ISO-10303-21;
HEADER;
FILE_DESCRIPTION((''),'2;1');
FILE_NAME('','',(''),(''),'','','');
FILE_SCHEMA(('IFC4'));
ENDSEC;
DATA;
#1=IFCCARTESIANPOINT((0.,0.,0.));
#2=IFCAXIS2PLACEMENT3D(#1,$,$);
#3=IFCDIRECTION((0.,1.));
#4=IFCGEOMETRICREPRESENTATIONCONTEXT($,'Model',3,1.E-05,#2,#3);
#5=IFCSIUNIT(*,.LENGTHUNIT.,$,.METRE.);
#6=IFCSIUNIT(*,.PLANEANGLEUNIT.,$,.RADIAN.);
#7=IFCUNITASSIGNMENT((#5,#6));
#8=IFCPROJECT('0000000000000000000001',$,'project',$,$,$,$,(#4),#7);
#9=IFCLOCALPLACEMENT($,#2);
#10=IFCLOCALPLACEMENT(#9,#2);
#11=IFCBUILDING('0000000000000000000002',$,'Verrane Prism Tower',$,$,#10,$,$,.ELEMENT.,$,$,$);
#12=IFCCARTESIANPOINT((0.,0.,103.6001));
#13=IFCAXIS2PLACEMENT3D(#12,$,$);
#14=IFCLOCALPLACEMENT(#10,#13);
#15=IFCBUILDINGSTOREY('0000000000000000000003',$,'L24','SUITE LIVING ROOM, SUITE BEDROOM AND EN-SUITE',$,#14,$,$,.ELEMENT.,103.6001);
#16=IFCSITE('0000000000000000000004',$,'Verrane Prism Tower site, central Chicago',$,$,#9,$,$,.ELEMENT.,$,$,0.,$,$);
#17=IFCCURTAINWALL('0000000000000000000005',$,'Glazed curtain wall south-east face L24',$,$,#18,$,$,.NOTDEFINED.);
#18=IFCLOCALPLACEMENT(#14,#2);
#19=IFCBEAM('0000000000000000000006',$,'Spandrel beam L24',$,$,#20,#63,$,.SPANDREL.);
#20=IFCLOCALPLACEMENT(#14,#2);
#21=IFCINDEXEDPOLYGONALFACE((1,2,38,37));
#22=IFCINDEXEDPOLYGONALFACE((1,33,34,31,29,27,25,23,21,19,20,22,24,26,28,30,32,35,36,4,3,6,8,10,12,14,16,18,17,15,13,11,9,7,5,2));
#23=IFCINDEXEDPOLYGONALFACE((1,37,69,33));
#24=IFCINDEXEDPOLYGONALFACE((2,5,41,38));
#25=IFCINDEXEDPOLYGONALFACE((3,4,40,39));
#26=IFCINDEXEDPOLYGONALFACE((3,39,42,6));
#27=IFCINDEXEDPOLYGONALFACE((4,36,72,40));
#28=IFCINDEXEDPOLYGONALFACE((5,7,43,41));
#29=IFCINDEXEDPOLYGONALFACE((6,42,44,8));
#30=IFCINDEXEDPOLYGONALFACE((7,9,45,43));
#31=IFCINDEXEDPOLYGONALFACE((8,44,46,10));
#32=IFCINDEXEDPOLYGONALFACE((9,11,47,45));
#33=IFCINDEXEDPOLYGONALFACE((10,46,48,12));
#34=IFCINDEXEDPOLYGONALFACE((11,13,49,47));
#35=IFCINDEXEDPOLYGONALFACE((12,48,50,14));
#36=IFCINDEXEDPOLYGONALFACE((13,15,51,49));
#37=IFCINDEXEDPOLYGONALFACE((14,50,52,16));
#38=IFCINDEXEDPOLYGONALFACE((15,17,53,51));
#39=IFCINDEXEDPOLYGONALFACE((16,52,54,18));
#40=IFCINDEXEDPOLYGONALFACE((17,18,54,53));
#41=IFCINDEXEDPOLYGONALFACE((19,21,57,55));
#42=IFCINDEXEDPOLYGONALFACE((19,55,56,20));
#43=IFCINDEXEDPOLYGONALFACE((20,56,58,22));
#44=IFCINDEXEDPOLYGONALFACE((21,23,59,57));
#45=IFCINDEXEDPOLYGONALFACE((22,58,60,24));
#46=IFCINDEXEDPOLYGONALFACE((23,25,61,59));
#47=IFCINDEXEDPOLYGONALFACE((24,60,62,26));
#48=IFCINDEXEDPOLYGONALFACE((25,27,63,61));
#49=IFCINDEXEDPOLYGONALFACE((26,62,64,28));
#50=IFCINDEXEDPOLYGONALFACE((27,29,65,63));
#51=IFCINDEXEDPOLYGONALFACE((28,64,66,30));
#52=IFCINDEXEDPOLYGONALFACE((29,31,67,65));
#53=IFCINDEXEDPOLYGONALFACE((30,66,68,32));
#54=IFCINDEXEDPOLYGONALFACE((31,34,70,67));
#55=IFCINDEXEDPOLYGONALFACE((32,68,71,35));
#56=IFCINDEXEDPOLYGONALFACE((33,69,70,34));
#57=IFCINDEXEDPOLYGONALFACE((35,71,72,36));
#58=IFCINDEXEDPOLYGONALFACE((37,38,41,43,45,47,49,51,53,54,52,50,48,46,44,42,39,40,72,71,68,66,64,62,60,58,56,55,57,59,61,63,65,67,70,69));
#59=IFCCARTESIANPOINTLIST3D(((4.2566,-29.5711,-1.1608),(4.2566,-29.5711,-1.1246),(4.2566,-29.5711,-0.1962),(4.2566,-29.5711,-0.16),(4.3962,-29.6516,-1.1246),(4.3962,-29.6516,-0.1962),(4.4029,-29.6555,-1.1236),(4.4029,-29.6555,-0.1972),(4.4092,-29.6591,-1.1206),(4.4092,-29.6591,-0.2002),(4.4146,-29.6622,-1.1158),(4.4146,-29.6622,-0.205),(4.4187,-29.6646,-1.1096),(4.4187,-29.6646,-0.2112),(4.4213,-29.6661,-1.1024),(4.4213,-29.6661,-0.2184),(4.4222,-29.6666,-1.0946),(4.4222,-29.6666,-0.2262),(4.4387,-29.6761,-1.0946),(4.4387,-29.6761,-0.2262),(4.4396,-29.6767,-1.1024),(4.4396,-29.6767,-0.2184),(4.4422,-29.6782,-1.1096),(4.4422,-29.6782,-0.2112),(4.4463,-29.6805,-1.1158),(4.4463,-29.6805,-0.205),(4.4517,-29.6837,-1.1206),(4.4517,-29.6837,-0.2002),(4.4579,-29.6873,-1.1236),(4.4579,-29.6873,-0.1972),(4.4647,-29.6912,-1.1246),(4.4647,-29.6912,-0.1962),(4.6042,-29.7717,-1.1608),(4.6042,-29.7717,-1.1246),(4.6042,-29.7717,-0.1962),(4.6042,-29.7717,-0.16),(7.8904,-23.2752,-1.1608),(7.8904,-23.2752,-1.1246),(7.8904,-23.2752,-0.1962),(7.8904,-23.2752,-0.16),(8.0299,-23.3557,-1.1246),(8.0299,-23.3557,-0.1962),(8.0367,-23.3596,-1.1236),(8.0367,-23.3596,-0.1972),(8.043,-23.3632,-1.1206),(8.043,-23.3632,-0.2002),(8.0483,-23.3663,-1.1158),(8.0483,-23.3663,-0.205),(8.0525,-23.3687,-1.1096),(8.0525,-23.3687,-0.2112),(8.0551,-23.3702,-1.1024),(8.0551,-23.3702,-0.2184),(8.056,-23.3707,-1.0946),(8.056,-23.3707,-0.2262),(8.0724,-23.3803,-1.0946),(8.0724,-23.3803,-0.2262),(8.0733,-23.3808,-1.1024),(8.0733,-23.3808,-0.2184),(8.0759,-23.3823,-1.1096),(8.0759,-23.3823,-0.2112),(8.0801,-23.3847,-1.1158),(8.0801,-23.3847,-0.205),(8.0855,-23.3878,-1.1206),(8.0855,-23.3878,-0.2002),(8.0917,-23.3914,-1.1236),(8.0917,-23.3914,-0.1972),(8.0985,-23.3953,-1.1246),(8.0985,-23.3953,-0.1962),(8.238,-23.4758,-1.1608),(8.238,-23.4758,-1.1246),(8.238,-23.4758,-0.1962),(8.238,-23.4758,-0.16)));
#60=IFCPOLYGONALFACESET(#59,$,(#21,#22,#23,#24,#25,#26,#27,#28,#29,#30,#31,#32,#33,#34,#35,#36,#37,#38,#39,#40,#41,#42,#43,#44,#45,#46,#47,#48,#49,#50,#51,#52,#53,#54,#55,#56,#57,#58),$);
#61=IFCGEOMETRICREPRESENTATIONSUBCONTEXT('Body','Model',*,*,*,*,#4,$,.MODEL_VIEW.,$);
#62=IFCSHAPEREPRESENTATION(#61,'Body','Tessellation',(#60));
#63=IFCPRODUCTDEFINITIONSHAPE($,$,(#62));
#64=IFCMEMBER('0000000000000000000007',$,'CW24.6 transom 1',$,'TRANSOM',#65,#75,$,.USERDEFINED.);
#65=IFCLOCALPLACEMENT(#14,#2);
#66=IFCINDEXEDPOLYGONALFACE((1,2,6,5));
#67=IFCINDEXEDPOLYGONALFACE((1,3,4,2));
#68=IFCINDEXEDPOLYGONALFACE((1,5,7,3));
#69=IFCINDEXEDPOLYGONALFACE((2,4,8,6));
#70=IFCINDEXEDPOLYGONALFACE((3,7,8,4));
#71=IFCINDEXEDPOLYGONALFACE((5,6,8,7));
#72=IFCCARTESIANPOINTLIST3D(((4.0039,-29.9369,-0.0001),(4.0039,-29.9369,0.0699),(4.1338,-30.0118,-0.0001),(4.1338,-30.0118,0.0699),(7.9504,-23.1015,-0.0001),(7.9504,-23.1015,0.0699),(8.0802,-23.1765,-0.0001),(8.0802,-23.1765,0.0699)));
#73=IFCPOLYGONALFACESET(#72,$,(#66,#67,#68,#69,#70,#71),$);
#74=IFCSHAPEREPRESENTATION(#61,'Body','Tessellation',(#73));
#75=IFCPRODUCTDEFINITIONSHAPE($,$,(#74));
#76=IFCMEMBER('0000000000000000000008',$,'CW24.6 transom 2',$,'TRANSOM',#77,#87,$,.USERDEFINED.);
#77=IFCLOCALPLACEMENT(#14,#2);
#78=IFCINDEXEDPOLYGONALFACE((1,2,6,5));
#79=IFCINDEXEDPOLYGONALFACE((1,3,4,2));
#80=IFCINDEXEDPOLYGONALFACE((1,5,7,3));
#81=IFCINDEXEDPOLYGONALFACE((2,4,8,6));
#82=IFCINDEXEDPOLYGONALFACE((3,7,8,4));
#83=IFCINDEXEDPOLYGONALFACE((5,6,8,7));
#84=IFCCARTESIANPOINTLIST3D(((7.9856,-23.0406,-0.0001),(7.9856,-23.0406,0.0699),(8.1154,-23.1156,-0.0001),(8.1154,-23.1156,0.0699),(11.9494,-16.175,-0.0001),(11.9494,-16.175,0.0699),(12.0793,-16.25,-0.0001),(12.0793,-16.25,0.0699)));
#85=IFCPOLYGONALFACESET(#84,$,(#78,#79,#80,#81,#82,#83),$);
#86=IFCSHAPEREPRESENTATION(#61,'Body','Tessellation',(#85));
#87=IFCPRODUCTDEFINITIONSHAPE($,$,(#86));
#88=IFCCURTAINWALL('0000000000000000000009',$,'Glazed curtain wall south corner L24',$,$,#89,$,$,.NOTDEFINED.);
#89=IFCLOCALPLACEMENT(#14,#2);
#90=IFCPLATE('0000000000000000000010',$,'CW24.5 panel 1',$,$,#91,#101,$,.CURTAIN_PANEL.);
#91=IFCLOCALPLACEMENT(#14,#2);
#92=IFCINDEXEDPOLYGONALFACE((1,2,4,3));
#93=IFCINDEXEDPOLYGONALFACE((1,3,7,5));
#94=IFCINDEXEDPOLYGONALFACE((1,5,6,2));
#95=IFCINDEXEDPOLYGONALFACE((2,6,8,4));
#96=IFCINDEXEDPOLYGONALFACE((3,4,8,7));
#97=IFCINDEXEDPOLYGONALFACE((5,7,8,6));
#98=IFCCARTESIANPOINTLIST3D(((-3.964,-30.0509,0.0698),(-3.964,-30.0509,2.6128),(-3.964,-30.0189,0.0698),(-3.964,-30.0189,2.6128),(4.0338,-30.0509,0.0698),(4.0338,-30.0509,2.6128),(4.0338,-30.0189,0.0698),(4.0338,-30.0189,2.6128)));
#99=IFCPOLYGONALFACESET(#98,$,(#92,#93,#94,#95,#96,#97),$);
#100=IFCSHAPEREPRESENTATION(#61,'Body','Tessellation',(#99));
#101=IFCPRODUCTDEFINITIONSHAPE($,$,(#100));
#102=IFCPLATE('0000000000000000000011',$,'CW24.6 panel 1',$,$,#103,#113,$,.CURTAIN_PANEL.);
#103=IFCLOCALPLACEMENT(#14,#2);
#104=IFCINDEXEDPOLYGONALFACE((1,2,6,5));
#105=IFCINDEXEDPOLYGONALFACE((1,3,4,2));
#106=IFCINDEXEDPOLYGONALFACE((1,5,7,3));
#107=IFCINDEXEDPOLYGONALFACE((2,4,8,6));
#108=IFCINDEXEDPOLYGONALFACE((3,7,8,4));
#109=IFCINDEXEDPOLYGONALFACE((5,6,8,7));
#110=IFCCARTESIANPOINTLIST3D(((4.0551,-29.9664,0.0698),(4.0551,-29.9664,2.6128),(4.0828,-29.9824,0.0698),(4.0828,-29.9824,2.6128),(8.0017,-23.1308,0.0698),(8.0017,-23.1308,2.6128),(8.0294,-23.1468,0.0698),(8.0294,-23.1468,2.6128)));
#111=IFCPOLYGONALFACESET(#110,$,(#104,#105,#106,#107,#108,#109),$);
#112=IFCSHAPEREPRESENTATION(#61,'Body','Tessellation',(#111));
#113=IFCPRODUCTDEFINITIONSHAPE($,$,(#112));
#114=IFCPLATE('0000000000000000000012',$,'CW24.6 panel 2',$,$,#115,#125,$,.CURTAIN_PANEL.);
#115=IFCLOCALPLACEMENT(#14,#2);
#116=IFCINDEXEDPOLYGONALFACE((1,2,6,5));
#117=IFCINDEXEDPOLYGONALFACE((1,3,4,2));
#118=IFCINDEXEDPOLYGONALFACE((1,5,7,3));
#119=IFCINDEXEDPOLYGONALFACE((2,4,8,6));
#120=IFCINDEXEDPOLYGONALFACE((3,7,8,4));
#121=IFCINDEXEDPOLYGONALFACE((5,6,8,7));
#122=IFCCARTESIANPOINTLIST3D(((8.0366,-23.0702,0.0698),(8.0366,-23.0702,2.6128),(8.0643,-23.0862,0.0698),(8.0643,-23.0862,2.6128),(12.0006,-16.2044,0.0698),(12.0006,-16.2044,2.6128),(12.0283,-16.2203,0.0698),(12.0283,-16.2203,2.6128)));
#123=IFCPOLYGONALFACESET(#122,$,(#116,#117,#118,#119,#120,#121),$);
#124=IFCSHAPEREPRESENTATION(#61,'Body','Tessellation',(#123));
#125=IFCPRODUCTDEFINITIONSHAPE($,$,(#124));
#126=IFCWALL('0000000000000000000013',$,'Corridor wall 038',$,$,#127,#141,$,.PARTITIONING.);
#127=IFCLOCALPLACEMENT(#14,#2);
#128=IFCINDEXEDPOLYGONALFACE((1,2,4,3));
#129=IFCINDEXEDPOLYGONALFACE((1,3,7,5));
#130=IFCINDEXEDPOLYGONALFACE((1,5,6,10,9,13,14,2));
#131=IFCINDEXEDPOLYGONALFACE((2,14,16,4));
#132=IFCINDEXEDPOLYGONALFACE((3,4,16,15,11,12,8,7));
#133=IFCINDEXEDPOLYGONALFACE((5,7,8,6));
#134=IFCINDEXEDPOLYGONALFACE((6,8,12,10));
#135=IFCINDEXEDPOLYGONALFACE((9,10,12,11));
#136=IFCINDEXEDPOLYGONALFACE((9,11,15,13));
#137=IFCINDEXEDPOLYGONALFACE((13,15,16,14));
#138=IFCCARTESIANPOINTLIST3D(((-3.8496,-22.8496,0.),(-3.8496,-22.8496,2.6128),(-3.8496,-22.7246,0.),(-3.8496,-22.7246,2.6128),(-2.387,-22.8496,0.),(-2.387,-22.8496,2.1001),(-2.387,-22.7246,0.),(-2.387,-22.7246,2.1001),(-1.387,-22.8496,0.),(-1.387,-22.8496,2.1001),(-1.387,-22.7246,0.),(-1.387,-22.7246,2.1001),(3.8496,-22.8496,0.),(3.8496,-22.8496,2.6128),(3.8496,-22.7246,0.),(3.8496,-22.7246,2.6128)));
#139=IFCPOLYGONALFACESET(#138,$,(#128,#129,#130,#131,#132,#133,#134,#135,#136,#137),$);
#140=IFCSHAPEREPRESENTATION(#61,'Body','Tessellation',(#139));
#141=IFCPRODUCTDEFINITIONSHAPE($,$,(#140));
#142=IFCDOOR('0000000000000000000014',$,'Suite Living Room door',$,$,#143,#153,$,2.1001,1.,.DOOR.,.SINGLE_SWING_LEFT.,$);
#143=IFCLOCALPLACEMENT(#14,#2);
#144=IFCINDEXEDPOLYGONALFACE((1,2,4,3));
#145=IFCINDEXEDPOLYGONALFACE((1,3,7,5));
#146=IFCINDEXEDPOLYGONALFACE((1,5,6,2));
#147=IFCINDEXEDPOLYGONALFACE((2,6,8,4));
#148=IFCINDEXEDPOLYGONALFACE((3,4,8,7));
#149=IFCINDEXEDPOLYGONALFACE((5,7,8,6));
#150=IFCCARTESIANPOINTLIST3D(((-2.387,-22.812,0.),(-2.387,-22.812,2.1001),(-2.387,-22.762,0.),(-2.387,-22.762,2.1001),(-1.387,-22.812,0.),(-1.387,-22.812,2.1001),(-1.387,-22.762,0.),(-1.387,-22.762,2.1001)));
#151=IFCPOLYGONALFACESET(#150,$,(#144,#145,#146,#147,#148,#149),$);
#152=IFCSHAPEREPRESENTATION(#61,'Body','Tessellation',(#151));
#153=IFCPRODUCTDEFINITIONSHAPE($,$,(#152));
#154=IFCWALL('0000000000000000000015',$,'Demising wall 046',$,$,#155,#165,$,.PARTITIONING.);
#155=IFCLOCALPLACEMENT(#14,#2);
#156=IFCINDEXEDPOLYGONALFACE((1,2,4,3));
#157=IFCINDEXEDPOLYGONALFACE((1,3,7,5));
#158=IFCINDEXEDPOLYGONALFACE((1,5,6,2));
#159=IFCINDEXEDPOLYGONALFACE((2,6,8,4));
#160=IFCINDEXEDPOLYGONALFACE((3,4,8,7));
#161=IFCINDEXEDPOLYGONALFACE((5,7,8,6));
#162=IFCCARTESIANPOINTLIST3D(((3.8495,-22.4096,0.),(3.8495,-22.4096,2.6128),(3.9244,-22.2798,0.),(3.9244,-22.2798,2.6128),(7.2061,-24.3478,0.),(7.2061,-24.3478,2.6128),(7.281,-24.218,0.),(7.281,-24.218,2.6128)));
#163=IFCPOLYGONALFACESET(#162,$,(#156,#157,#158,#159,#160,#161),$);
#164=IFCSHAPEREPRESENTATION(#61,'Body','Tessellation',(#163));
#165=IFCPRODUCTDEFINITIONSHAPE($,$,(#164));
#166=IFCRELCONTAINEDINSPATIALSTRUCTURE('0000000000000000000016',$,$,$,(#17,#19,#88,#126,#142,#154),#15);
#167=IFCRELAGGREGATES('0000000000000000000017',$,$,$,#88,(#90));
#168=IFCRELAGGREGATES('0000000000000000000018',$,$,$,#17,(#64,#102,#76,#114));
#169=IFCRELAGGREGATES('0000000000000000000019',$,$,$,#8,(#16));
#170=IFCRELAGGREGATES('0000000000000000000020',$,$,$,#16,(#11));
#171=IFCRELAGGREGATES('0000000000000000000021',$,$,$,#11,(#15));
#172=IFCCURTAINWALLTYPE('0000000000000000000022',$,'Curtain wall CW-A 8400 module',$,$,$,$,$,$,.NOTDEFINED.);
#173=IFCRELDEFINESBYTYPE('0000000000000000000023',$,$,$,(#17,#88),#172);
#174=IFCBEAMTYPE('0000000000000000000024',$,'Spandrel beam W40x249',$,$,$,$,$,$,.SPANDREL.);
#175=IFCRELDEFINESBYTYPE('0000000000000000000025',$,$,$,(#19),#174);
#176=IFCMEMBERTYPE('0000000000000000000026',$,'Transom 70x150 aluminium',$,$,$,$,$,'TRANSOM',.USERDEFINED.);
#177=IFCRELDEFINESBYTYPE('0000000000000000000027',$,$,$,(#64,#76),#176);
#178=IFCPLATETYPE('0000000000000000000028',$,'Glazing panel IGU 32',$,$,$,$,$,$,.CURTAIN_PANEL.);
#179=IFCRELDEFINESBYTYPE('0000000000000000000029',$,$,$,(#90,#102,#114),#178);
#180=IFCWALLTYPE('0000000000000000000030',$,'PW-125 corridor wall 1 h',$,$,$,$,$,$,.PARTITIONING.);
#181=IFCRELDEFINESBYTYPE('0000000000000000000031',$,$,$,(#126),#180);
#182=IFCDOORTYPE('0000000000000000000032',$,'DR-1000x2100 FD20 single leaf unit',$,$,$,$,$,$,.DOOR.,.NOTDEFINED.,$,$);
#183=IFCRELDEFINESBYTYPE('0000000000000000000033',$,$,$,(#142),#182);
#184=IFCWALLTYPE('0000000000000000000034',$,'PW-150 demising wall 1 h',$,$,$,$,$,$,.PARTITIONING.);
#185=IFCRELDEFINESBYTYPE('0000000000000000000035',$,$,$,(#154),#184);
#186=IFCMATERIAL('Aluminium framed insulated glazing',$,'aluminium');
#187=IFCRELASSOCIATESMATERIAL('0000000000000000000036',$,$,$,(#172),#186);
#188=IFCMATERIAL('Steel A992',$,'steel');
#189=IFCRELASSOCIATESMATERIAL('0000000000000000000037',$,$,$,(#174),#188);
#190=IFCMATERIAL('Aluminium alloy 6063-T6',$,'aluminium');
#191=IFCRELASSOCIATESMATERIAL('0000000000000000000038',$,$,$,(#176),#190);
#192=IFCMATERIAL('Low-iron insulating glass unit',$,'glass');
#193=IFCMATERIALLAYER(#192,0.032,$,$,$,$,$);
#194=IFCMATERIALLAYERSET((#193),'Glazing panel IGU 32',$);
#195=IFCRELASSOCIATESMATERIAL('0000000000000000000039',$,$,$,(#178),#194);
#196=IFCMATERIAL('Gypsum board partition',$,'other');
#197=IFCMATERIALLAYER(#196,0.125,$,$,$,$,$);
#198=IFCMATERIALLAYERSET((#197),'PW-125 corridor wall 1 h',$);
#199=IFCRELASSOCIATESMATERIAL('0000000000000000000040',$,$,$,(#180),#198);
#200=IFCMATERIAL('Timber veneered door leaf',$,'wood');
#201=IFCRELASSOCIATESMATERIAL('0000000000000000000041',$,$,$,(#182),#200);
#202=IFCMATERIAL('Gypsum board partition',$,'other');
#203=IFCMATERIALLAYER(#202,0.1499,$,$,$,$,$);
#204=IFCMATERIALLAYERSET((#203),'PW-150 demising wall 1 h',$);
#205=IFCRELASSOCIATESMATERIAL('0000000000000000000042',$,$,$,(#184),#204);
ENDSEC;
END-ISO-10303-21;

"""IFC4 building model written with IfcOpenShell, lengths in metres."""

from ifc_helpers import new_model, si_unit, direction, frame, frame_2d, origin, origin_2d, place, context, subcontext, project, spatial, rectangle, i_section, extrude, material, layer, layer_set, material_profile, profile_set, type_object, element, fill, aggregate, save


model = new_model("IFC4")

# Units and contexts
model_context = context("Model", 3, precision=1e-05, world=origin(), true_north=direction((0.0, 1.0)))
body_context = subcontext(model_context, "Body", "Model", "MODEL_VIEW")
ifc_project = project(units=[si_unit("LENGTHUNIT", "METRE"), si_unit("PLANEANGLEUNIT", "RADIAN")], contexts=[model_context])

# Site, building, storey
site_placement = place(None, origin())
site = spatial("IfcSite", under=ifc_project, at=site_placement, Name="Verrane Prism Tower site, central Chicago", CompositionType="ELEMENT", RefElevation=0.0)
building_placement = place(site_placement, origin())
building = spatial("IfcBuilding", under=site, at=building_placement, Name="Verrane Prism Tower", CompositionType="ELEMENT")
storey_placement = place(building_placement, frame((0.0, 0.0, 103.6001)))
storey = spatial("IfcBuildingStorey", under=building, at=storey_placement, Name="L24", Description="SUITE LIVING ROOM, SUITE BEDROOM AND EN-SUITE", CompositionType="ELEMENT", Elevation=103.6001)

# Curtain wall
ifc_material_1 = material(Name="Aluminium framed insulated glazing", Category="aluminium")
curtain_wall_type = type_object("IfcCurtainWallType", Name="Curtain wall CW-A 8400 module", PredefinedType="NOTDEFINED", material=ifc_material_1)
curtain_wall_1_placement = place(storey_placement, origin())
curtain_wall_1 = element("IfcCurtainWall", 1, at=curtain_wall_1_placement, inside=storey, type_object=curtain_wall_type, Name="Glazed curtain wall south-east face L24", PredefinedType="NOTDEFINED")

# Beam
ifc_material_2 = material(Name="Steel A992", Category="steel")
ifc_material_profile_1 = material_profile(ifc_material_2, i_section(OverallWidth=0.4014, OverallDepth=1.0007, WebThickness=0.019, FlangeThickness=0.0361, FilletRadius=0.03, at=origin_2d()), Name="W40x249")
ifc_profile_set_1 = profile_set([ifc_material_profile_1], Name="Steel A992")
beam_type_1 = type_object("IfcBeamType", Name="Spandrel beam W40x249", PredefinedType="SPANDREL", material=ifc_profile_set_1)
beam_1_placement = place(storey_placement, frame((4.4304, -29.6714, -0.6604), z_axis=(0.499881, 0.866094, 0.0), x_axis=(-0.866094, 0.499881, 0.0)))
element("IfcBeam", 2, at=beam_1_placement, inside=storey, type_object=beam_type_1, Name="Spandrel beam L24", PredefinedType="SPANDREL", context=body_context, shape_type="SweptSolid", body=[
    extrude(i_section(OverallWidth=0.4014, OverallDepth=1.0007, WebThickness=0.019, FlangeThickness=0.0361, FilletRadius=0.03, at=origin_2d()), origin(), (0.0, 0.0, 1.0), 7.2693),
])

# Members
ifc_material_3 = material(Name="Aluminium alloy 6063-T6", Category="aluminium")
ifc_material_profile_2 = material_profile(ifc_material_3, rectangle(XDim=0.1499, YDim=0.0701, at=origin_2d()), Name="Transom 70x150 aluminium")
ifc_profile_set_2 = profile_set([ifc_material_profile_2], Name="Aluminium alloy 6063-T6")
member_type_1 = type_object("IfcMemberType", Name="Transom 70x150 aluminium", ElementType="TRANSOM", PredefinedType="USERDEFINED", material=ifc_profile_set_2)
member_1_placement = place(storey_placement, frame((4.0688, -29.9744, 0.0349), z_axis=(0.500008, 0.866021, 0.0), x_axis=(-0.866021, 0.500008, 0.0)))
member_1 = element("IfcMember", 3, at=member_1_placement, type_object=member_type_1, Name="CW24.6 transom 1", ObjectType="TRANSOM", PredefinedType="USERDEFINED", context=body_context, shape_type="SweptSolid", body=[
    extrude(rectangle(XDim=0.1499, YDim=0.0701, at=origin_2d()), origin(), (0.0, 0.0, 1.0), 7.8928),
])
member_2_placement = place(storey_placement, frame((8.0505, -23.0781, 0.0349), z_axis=(0.499994, 0.866029, 0.0), x_axis=(-0.866029, 0.499994, 0.0)))
member_2 = element("IfcMember", 4, at=member_2_placement, type_object=member_type_1, Name="CW24.6 transom 2", ObjectType="TRANSOM", PredefinedType="USERDEFINED", context=body_context, shape_type="SweptSolid", body=[
    extrude(rectangle(XDim=0.1499, YDim=0.0701, at=origin_2d()), origin(), (0.0, 0.0, 1.0), 7.9277),
])

# Curtain wall, plate
curtain_wall_2_placement = place(storey_placement, origin())
curtain_wall_2 = element("IfcCurtainWall", 5, at=curtain_wall_2_placement, inside=storey, type_object=curtain_wall_type, Name="Glazed curtain wall south corner L24", PredefinedType="NOTDEFINED")
ifc_material_4 = material(Name="Low-iron insulating glass unit", Category="glass")
ifc_layer_1 = layer(ifc_material_4, 0.032)
ifc_layer_set_1 = layer_set([ifc_layer_1], Name="Glazing panel IGU 32")
plate_type = type_object("IfcPlateType", Name="Glazing panel IGU 32", PredefinedType="CURTAIN_PANEL", material=ifc_layer_set_1)
plate_1_placement = place(storey_placement, frame((0.0349, -30.0349, 0.0698), z_axis=(0.0, 0.0, 1.0), x_axis=(1.0, 0.0, 0.0)))
plate_1 = element("IfcPlate", 6, at=plate_1_placement, type_object=plate_type, Name="CW24.5 panel 1", PredefinedType="CURTAIN_PANEL", context=body_context, shape_type="SweptSolid", body=[
    extrude(rectangle(XDim=7.9978, YDim=0.032, at=origin_2d()), origin(), (0.0, 0.0, 1.0), 2.543),
])
aggregate(curtain_wall_2, [plate_1])

# Plates
plate_2_placement = place(storey_placement, frame((6.0422, -26.5566, 0.0698), z_axis=(0.0, 0.0, 1.0), x_axis=(0.5, 0.866025, 0.0)))
plate_2 = element("IfcPlate", 7, at=plate_2_placement, type_object=plate_type, Name="CW24.6 panel 1", PredefinedType="CURTAIN_PANEL", context=body_context, shape_type="SweptSolid", body=[
    extrude(rectangle(XDim=7.8931, YDim=0.032, at=origin_2d()), origin(), (0.0, 0.0, 1.0), 2.543),
])
plate_3_placement = place(storey_placement, frame((10.0325, -19.6453, 0.0698), z_axis=(0.0, 0.0, 1.0), x_axis=(0.5, 0.866025, 0.0)))
plate_3 = element("IfcPlate", 8, at=plate_3_placement, type_object=plate_type, Name="CW24.6 panel 2", PredefinedType="CURTAIN_PANEL", context=body_context, shape_type="SweptSolid", body=[
    extrude(rectangle(XDim=7.928, YDim=0.032, at=origin_2d()), origin(), (0.0, 0.0, 1.0), 2.543),
])
aggregate(curtain_wall_1, [member_1, plate_2, member_2, plate_3])

# Wall, opening, door
ifc_material_5 = material(Name="Gypsum board partition", Category="other")
ifc_layer_2 = layer(ifc_material_5, 0.125)
ifc_layer_set_2 = layer_set([ifc_layer_2], Name="PW-125 corridor wall 1 h")
wall_type_1 = type_object("IfcWallType", Name="PW-125 corridor wall 1 h", PredefinedType="PARTITIONING", material=ifc_layer_set_2)
wall_1_placement = place(storey_placement, frame((3.8496, -22.7871, 0.0), z_axis=(0.0, 0.0, 1.0), x_axis=(-1.0, 0.0, 0.0)))
wall_1 = element("IfcWall", 9, at=wall_1_placement, inside=storey, type_object=wall_type_1, Name="Corridor wall 038", PredefinedType="PARTITIONING", context=body_context, shape_type="SweptSolid", body=[
    extrude(rectangle(XDim=7.6992, YDim=0.125, at=frame_2d((3.8496, 0.0))), origin(), (0.0, 0.0, 1.0), 2.6128),
])
opening_1_placement = place(wall_1_placement, frame((5.2366, 0.0, 0.0)))
opening_1 = element("IfcOpeningElement", 10, at=opening_1_placement, cuts=wall_1, PredefinedType="OPENING", context=body_context, shape_type="SweptSolid", body=[
    extrude(rectangle(XDim=1.0, YDim=2.1001, at=frame_2d((0.5, 1.05))), frame((0.0, 0.0725, 0.0), z_axis=(0.0, -1.0, 0.0), x_axis=(1.0, 0.0, 0.0)), (0.0, 0.0, 1.0), 0.145),
])
ifc_material_6 = material(Name="Timber veneered door leaf", Category="wood")
door_type_1 = type_object("IfcDoorType", Name="DR-1000x2100 FD20 single leaf unit", OperationType="NOTDEFINED", PredefinedType="DOOR", material=ifc_material_6)
door_1_placement = place(opening_1_placement, origin())
door_1 = element("IfcDoor", 11, at=door_1_placement, inside=storey, type_object=door_type_1, Name="Suite Living Room door", OperationType="SINGLE_SWING_LEFT", OverallHeight=2.1001, OverallWidth=1.0, PredefinedType="DOOR", context=body_context, shape_type="SweptSolid", body=[
    extrude(rectangle(XDim=1.0, YDim=2.1001, at=frame_2d((0.5, 1.05))), frame((0.0, 0.0249, 0.0), z_axis=(0.0, -1.0, 0.0), x_axis=(1.0, 0.0, 0.0)), (0.0, 0.0, 1.0), 0.05),
])
fill(opening_1, door_1)

# Wall
ifc_material_7 = material(Name="Gypsum board partition", Category="other")
ifc_layer_3 = layer(ifc_material_7, 0.1499)
ifc_layer_set_3 = layer_set([ifc_layer_3], Name="PW-150 demising wall 1 h")
wall_type_2 = type_object("IfcWallType", Name="PW-150 demising wall 1 h", PredefinedType="PARTITIONING", material=ifc_layer_set_3)
wall_2_placement = place(storey_placement, frame((3.887, -22.3447, 0.0), z_axis=(0.0, 0.0, 1.0), x_axis=(0.865998, -0.500048, 0.0)))
element("IfcWall", 12, at=wall_2_placement, inside=storey, type_object=wall_type_2, Name="Demising wall 046", PredefinedType="PARTITIONING", context=body_context, shape_type="SweptSolid", body=[
    extrude(rectangle(XDim=3.876, YDim=0.1499, at=frame_2d((1.938, 0.0))), origin(), (0.0, 0.0, 1.0), 2.6128),
])

save(model, "model.ifc")
